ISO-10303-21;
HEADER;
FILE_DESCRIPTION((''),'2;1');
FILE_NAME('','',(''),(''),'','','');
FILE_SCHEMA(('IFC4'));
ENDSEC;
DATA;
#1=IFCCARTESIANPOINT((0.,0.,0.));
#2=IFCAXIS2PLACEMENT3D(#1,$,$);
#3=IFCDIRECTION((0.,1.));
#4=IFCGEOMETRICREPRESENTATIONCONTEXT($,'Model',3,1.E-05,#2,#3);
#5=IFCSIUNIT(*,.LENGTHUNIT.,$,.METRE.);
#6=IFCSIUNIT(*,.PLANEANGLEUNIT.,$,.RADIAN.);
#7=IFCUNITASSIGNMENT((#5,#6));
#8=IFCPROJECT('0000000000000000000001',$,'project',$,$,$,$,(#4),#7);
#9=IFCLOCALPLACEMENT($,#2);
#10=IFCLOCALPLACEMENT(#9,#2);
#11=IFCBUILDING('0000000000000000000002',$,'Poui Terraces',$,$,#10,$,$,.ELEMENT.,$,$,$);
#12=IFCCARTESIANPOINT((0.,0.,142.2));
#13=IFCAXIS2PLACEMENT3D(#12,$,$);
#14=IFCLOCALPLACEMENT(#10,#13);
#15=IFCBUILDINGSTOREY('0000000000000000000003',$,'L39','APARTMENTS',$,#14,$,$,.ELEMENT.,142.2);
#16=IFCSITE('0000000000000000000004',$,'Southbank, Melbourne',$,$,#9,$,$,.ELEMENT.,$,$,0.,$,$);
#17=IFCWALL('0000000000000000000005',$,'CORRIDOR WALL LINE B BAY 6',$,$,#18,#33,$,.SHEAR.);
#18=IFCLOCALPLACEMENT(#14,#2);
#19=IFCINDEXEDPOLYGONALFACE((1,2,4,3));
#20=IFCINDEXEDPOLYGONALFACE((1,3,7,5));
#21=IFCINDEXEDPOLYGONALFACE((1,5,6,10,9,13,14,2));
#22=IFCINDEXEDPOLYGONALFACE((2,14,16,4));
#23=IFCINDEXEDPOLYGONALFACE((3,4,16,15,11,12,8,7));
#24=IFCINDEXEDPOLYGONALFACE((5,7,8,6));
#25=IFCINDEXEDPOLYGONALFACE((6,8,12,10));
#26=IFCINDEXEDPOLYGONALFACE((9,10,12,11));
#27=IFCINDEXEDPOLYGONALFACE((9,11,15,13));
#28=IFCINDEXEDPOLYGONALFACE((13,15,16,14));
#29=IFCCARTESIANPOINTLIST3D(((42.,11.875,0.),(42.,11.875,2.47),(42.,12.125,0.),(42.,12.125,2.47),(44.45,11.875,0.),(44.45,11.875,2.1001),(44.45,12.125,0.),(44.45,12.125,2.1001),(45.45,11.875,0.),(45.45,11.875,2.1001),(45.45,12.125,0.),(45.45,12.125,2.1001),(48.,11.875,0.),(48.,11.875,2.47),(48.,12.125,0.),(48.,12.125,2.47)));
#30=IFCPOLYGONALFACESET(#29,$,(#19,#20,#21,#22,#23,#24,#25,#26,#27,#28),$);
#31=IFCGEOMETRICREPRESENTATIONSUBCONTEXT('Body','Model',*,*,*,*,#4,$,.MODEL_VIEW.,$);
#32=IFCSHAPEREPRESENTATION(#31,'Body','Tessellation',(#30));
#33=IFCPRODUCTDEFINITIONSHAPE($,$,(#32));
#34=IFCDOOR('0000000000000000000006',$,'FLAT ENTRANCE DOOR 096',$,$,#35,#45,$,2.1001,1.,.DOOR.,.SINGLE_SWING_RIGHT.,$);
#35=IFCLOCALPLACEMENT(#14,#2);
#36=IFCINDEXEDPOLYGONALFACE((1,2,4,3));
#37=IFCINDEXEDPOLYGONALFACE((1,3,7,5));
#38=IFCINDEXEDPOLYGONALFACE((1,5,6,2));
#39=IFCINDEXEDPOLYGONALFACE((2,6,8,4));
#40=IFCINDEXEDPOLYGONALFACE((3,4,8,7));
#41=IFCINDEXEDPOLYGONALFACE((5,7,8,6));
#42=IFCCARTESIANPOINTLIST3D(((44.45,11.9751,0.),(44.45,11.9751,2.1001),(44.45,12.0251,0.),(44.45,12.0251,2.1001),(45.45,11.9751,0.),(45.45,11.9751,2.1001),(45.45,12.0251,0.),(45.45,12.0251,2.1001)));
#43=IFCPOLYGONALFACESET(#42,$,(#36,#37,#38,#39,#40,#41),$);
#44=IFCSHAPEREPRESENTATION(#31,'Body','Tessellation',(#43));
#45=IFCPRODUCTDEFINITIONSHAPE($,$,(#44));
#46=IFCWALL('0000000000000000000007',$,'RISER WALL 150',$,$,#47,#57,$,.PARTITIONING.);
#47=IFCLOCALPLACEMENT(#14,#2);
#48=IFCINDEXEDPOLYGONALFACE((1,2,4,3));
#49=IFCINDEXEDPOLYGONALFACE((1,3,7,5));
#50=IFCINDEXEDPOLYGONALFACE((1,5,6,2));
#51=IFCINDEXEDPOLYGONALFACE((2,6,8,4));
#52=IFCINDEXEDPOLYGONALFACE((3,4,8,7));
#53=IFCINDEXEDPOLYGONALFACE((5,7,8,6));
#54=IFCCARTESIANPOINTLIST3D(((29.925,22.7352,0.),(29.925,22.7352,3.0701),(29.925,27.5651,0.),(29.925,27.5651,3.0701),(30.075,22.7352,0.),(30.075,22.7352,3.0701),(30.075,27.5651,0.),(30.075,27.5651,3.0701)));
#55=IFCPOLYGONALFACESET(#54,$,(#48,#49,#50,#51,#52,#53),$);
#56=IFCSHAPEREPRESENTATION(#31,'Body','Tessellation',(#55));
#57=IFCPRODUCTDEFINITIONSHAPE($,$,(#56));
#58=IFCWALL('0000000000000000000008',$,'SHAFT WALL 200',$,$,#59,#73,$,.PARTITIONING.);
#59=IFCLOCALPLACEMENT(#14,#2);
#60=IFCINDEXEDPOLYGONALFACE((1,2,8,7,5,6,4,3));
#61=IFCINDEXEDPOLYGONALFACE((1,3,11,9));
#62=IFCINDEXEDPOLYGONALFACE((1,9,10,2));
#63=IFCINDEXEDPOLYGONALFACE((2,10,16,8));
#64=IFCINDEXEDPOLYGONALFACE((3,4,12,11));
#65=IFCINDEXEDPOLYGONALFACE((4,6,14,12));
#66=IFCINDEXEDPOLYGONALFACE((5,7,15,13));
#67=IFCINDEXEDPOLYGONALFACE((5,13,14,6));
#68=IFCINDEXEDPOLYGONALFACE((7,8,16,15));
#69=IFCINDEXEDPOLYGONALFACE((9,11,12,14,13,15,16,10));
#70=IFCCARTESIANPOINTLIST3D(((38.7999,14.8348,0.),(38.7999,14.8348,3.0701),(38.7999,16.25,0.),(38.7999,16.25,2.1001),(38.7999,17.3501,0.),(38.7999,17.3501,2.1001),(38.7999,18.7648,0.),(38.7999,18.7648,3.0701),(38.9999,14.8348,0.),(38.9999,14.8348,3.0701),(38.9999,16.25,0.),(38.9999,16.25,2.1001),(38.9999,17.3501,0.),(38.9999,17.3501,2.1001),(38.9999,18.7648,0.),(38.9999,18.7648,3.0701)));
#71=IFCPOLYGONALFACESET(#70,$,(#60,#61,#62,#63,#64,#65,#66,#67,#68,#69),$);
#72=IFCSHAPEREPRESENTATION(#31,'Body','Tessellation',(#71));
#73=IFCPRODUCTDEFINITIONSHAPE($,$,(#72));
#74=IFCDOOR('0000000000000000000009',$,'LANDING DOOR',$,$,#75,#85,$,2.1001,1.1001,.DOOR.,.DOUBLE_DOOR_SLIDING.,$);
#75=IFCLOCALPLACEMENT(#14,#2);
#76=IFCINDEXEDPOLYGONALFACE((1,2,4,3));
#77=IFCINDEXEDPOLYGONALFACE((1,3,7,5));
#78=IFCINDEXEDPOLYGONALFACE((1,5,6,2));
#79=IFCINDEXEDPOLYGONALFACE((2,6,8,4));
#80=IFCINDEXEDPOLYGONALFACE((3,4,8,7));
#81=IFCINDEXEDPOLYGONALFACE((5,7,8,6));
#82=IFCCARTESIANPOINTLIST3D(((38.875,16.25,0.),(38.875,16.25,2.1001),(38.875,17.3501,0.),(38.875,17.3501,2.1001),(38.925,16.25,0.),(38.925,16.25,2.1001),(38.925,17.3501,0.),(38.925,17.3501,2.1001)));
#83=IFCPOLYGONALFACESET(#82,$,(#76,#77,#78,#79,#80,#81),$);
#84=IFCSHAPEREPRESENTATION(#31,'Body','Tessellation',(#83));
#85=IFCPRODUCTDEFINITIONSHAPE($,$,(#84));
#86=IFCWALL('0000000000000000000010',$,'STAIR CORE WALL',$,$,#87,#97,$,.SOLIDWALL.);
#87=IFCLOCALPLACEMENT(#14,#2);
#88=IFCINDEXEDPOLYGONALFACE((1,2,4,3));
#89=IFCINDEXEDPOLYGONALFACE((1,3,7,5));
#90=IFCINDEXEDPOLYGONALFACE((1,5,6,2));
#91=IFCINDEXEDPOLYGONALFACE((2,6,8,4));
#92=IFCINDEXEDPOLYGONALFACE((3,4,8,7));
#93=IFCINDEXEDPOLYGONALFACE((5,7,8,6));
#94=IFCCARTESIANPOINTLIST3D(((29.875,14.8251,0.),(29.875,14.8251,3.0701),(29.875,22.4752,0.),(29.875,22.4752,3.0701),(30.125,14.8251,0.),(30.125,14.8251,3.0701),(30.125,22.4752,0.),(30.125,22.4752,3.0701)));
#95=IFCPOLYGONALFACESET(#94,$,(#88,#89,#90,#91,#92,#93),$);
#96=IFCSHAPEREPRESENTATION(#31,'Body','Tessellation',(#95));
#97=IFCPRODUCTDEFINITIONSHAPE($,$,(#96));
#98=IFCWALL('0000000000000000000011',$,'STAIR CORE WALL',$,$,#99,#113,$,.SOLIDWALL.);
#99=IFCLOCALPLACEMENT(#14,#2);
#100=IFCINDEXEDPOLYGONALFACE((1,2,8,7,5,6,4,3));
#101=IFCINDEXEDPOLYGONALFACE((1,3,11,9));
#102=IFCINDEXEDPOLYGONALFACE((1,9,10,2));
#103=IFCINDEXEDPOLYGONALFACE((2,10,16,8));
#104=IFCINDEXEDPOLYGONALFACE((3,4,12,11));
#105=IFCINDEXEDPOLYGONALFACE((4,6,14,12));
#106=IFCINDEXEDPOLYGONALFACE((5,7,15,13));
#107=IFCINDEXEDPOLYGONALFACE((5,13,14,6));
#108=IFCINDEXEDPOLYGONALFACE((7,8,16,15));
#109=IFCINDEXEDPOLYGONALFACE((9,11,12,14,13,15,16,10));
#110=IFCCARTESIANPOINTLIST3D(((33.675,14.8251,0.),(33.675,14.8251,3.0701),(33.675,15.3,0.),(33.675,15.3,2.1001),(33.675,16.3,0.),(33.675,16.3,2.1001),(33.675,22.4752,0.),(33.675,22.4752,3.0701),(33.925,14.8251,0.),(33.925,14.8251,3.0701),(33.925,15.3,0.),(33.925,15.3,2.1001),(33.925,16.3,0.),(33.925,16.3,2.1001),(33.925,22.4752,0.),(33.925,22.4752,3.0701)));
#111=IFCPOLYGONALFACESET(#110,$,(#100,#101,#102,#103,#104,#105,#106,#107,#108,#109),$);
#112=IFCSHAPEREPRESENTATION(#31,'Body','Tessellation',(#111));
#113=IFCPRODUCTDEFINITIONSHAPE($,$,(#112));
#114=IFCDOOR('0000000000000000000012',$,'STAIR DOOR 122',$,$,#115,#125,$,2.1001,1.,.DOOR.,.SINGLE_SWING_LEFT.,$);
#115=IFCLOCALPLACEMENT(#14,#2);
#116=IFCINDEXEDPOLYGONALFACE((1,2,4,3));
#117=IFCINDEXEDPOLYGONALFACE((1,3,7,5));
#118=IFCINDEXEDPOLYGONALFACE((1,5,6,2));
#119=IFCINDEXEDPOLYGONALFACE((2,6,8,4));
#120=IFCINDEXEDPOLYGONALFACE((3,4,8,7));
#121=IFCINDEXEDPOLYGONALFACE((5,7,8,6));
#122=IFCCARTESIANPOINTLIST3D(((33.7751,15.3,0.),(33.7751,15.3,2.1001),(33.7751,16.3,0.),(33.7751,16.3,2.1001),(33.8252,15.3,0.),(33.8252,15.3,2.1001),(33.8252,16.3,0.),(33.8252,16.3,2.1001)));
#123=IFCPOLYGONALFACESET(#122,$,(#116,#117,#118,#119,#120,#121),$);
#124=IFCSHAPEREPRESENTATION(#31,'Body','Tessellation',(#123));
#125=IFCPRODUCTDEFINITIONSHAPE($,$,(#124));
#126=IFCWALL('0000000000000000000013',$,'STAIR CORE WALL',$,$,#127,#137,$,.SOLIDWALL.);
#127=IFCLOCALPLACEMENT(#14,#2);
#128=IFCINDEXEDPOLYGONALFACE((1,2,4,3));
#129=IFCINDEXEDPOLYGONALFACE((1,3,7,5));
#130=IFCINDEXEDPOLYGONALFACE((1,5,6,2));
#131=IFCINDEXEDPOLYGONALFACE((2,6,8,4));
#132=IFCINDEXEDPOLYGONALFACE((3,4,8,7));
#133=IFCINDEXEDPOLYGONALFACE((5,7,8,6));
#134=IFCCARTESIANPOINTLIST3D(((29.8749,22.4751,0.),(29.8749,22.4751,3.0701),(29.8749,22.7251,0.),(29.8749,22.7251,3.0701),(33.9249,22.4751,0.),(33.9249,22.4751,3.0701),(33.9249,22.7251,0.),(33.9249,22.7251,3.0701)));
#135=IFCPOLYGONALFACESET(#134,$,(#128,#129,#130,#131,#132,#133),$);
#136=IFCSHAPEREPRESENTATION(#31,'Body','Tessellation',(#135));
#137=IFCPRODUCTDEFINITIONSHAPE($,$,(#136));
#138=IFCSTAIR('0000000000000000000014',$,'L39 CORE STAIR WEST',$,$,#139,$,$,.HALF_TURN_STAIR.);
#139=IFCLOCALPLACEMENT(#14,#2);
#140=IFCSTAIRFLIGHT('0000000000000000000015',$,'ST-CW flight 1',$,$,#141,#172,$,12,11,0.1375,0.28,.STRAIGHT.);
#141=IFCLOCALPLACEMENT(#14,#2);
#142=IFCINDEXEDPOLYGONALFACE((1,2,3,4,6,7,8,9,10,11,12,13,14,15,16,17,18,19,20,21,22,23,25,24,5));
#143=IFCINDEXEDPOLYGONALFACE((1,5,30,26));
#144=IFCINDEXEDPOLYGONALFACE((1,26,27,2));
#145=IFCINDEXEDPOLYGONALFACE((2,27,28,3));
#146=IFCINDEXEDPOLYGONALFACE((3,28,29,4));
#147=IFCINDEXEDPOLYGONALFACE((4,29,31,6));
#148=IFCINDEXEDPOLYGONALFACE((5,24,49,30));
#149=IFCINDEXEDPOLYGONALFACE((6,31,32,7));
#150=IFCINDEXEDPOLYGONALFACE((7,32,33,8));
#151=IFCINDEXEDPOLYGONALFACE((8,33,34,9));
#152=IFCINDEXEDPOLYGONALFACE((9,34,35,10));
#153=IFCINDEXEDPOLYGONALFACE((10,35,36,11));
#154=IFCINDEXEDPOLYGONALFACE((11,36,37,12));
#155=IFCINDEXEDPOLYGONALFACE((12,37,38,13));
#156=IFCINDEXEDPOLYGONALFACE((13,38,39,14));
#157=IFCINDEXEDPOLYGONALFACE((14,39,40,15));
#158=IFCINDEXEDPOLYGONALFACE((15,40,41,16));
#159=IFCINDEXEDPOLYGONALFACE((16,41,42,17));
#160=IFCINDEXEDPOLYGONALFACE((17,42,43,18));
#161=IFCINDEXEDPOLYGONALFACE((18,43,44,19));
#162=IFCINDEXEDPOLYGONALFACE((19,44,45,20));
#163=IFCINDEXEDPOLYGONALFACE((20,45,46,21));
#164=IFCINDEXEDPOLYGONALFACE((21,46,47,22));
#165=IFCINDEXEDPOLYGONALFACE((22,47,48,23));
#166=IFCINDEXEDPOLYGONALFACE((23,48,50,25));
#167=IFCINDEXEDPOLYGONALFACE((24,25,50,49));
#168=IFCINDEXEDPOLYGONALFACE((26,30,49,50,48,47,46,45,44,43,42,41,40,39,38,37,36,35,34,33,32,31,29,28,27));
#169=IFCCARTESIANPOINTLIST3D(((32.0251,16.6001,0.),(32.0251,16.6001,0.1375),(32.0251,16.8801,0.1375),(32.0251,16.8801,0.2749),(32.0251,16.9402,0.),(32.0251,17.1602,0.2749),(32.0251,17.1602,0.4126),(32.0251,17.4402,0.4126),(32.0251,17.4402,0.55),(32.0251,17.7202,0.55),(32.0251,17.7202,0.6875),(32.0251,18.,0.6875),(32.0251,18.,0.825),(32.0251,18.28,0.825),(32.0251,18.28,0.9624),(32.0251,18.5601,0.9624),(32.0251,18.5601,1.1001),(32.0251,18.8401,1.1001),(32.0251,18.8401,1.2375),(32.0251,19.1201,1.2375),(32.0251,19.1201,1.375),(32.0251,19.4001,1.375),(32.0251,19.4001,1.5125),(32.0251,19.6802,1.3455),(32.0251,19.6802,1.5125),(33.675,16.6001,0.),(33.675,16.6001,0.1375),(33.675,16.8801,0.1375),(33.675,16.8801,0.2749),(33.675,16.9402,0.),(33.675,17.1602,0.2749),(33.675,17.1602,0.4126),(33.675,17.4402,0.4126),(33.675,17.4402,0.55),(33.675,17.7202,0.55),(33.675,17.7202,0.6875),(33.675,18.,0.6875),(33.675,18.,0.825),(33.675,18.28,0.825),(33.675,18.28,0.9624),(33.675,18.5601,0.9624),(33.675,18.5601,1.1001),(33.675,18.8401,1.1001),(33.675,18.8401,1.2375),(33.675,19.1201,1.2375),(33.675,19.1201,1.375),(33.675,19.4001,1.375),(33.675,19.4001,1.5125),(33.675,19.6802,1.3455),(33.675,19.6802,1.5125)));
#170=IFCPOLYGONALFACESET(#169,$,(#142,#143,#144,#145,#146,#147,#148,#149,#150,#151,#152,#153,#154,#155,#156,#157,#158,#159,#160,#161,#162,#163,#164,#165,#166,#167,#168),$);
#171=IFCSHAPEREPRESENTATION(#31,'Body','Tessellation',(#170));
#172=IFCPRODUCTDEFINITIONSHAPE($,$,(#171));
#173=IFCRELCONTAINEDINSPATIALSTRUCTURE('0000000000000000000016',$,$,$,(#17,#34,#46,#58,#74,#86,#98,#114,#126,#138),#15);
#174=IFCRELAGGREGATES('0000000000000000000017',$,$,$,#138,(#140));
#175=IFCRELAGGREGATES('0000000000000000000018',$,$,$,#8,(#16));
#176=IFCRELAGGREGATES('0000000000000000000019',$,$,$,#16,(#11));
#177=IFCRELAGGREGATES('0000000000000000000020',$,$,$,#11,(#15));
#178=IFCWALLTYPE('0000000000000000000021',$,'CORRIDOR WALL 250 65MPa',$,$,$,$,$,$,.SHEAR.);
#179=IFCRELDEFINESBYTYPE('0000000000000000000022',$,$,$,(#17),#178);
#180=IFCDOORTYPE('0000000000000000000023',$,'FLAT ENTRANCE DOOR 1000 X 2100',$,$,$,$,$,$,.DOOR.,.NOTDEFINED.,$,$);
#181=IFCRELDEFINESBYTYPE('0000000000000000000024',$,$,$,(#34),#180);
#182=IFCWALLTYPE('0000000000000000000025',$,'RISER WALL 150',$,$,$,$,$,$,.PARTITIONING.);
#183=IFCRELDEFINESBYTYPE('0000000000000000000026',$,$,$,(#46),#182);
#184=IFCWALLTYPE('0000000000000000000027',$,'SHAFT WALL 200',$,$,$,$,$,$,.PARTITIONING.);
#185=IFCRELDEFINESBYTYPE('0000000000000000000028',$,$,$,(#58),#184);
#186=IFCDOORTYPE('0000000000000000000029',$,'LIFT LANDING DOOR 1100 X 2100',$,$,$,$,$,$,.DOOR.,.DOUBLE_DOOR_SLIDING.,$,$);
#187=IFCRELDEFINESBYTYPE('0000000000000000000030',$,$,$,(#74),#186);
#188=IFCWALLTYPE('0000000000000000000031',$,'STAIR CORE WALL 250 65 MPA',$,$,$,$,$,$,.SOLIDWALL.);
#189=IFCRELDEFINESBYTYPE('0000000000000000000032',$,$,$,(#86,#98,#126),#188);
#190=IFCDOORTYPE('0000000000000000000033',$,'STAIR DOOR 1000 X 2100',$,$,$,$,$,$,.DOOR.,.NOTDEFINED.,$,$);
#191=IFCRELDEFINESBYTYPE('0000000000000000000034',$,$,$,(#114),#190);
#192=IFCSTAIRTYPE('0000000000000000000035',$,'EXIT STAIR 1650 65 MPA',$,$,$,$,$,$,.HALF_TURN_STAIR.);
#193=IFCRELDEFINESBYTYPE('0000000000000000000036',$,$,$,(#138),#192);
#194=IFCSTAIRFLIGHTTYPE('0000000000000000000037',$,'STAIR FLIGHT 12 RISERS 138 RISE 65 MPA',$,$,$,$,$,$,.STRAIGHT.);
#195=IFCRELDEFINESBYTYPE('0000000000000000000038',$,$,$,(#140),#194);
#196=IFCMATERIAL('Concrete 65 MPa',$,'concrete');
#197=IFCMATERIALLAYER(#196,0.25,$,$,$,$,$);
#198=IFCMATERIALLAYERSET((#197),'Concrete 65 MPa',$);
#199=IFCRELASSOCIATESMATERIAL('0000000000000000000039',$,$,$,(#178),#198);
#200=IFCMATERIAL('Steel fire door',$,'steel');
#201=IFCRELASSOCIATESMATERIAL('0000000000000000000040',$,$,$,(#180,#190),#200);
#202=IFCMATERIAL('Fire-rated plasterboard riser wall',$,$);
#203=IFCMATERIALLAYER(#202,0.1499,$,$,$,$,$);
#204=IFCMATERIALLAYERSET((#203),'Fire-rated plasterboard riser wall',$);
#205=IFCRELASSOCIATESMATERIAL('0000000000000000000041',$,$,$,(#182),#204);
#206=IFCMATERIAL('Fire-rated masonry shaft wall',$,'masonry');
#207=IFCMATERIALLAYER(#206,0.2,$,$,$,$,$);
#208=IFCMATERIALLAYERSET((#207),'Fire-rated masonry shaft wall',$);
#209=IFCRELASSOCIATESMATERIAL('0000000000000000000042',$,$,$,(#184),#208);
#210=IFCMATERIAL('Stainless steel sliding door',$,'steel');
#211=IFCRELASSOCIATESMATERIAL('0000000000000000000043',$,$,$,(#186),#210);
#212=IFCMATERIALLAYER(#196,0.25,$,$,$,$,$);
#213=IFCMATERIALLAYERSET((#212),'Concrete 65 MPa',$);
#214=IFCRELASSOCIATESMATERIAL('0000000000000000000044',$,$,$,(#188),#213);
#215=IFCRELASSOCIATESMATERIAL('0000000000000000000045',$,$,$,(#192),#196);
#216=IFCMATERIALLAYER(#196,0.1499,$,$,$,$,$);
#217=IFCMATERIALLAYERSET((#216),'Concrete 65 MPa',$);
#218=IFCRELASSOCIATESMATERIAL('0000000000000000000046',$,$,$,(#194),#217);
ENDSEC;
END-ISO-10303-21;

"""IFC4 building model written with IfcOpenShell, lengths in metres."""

from ifc_helpers import new_model, si_unit, direction, frame, frame_2d, origin, place, context, subcontext, project, spatial, polyline, rectangle, outline, extrude, material, layer, layer_set, type_object, element, fill, aggregate, save


model = new_model("IFC4")

# Units and contexts
model_context = context("Model", 3, precision=1e-05, world=origin(), true_north=direction((0.0, 1.0)))
body_context = subcontext(model_context, "Body", "Model", "MODEL_VIEW")
ifc_project = project(units=[si_unit("LENGTHUNIT", "METRE"), si_unit("PLANEANGLEUNIT", "RADIAN")], contexts=[model_context])

# Site, building, storey
site_placement = place(None, origin())
site = spatial("IfcSite", under=ifc_project, at=site_placement, Name="Southbank, Melbourne", CompositionType="ELEMENT", RefElevation=0.0)
building_placement = place(site_placement, origin())
building = spatial("IfcBuilding", under=site, at=building_placement, Name="Poui Terraces", CompositionType="ELEMENT")
storey_placement = place(building_placement, frame((0.0, 0.0, 142.2)))
storey = spatial("IfcBuildingStorey", under=building, at=storey_placement, Name="L39", Description="APARTMENTS", CompositionType="ELEMENT", Elevation=142.2)

# Shared definitions
ifc_material_1 = material(Name="Concrete 65 MPa", Category="concrete")

# Shared definitions
ifc_material_2 = material(Name="Steel fire door", Category="steel")

# Shared definitions
ifc_layer_1 = layer(ifc_material_1, 0.25)
ifc_layer_set_1 = layer_set([ifc_layer_1], Name="Concrete 65 MPa")
wall_type_1 = type_object("IfcWallType", Name="CORRIDOR WALL 250 65MPa", PredefinedType="SHEAR", material=ifc_layer_set_1)
door_type_1 = type_object("IfcDoorType", Name="FLAT ENTRANCE DOOR 1000 X 2100", OperationType="NOTDEFINED", PredefinedType="DOOR", material=ifc_material_2)

# Wall, opening, door
wall_1_placement = place(storey_placement, frame((42.0, 12.0, 0.0), z_axis=(0.0, 0.0, 1.0), x_axis=(1.0, 0.0, 0.0)))
wall_1 = element("IfcWall", 1, at=wall_1_placement, inside=storey, type_object=wall_type_1, Name="CORRIDOR WALL LINE B BAY 6", PredefinedType="SHEAR", context=body_context, shape_type="SweptSolid", body=[
    extrude(rectangle(XDim=6.0, YDim=0.25, at=frame_2d((3.0, 0.0))), origin(), (0.0, 0.0, 1.0), 2.47),
])
opening_1_placement = place(wall_1_placement, frame((2.45, 0.0, 0.0)))
opening_1 = element("IfcOpeningElement", 2, at=opening_1_placement, cuts=wall_1, PredefinedType="OPENING", context=body_context, shape_type="SweptSolid", body=[
    extrude(rectangle(XDim=1.0, YDim=2.1001, at=frame_2d((0.5, 1.05))), frame((0.0, 0.135, 0.0), z_axis=(0.0, -1.0, 0.0), x_axis=(1.0, 0.0, 0.0)), (0.0, 0.0, 1.0), 0.27),
])
door_1_placement = place(opening_1_placement, frame((1.0, 0.0, 0.0), z_axis=(0.0, 0.0, 1.0), x_axis=(-1.0, 0.0, 0.0)))
door_1 = element("IfcDoor", 3, at=door_1_placement, inside=storey, type_object=door_type_1, Name="FLAT ENTRANCE DOOR 096", OperationType="SINGLE_SWING_RIGHT", OverallHeight=2.1001, OverallWidth=1.0, PredefinedType="DOOR", context=body_context, shape_type="SweptSolid", body=[
    extrude(rectangle(XDim=1.0, YDim=2.1001, at=frame_2d((0.5, 1.05))), frame((0.0, 0.0249, 0.0), z_axis=(0.0, -1.0, 0.0), x_axis=(1.0, 0.0, 0.0)), (0.0, 0.0, 1.0), 0.05),
])
fill(opening_1, door_1)

# Wall
ifc_material_3 = material(Name="Fire-rated plasterboard riser wall")
ifc_layer_2 = layer(ifc_material_3, 0.1499)
ifc_layer_set_2 = layer_set([ifc_layer_2], Name="Fire-rated plasterboard riser wall")
wall_type_2 = type_object("IfcWallType", Name="RISER WALL 150", PredefinedType="PARTITIONING", material=ifc_layer_set_2)
wall_2_placement = place(storey_placement, frame((30.0, 22.7351, 0.0), z_axis=(0.0, 0.0, 1.0), x_axis=(0.0, 1.0, 0.0)))
element("IfcWall", 4, at=wall_2_placement, inside=storey, type_object=wall_type_2, Name="RISER WALL 150", PredefinedType="PARTITIONING", context=body_context, shape_type="SweptSolid", body=[
    extrude(rectangle(XDim=4.8298, YDim=0.1499, at=frame_2d((2.415, 0.0))), origin(), (0.0, 0.0, 1.0), 3.0701),
])

# Wall, opening, door
ifc_material_4 = material(Name="Fire-rated masonry shaft wall", Category="masonry")
ifc_layer_3 = layer(ifc_material_4, 0.2)
ifc_layer_set_3 = layer_set([ifc_layer_3], Name="Fire-rated masonry shaft wall")
wall_type_3 = type_object("IfcWallType", Name="SHAFT WALL 200", PredefinedType="PARTITIONING", material=ifc_layer_set_3)
wall_3_placement = place(storey_placement, frame((38.8999, 14.835, 0.0), z_axis=(0.0, 0.0, 1.0), x_axis=(0.0, 1.0, 0.0)))
wall_3 = element("IfcWall", 5, at=wall_3_placement, inside=storey, type_object=wall_type_3, Name="SHAFT WALL 200", PredefinedType="PARTITIONING", context=body_context, shape_type="SweptSolid", body=[
    extrude(rectangle(XDim=3.9299, YDim=0.2, at=frame_2d((1.9648, 0.0))), origin(), (0.0, 0.0, 1.0), 3.0701),
])
opening_2_placement = place(wall_3_placement, frame((1.415, 0.0, 0.0)))
opening_2 = element("IfcOpeningElement", 6, at=opening_2_placement, cuts=wall_3, PredefinedType="OPENING", context=body_context, shape_type="SweptSolid", body=[
    extrude(rectangle(XDim=1.1001, YDim=2.1001, at=frame_2d((0.55, 1.05))), frame((0.0, 0.1099, 0.0), z_axis=(0.0, -1.0, 0.0), x_axis=(1.0, 0.0, 0.0)), (0.0, 0.0, 1.0), 0.22),
])
ifc_material_5 = material(Name="Stainless steel sliding door", Category="steel")
door_type_2 = type_object("IfcDoorType", Name="LIFT LANDING DOOR 1100 X 2100", OperationType="DOUBLE_DOOR_SLIDING", PredefinedType="DOOR", material=ifc_material_5)
door_2_placement = place(opening_2_placement, origin())
door_2 = element("IfcDoor", 7, at=door_2_placement, inside=storey, type_object=door_type_2, Name="LANDING DOOR", OperationType="DOUBLE_DOOR_SLIDING", OverallHeight=2.1001, OverallWidth=1.1001, PredefinedType="DOOR", context=body_context, shape_type="SweptSolid", body=[
    extrude(rectangle(XDim=1.1001, YDim=2.1001, at=frame_2d((0.55, 1.05))), frame((0.0, 0.0249, 0.0), z_axis=(0.0, -1.0, 0.0), x_axis=(1.0, 0.0, 0.0)), (0.0, 0.0, 1.0), 0.05),
])
fill(opening_2, door_2)

# Wall
ifc_layer_4 = layer(ifc_material_1, 0.25)
ifc_layer_set_4 = layer_set([ifc_layer_4], Name="Concrete 65 MPa")
wall_type_4 = type_object("IfcWallType", Name="STAIR CORE WALL 250 65 MPA", PredefinedType="SOLIDWALL", material=ifc_layer_set_4)
wall_4_placement = place(storey_placement, frame((30.0, 14.825, 0.0), z_axis=(0.0, 0.0, 1.0), x_axis=(0.0, 1.0, 0.0)))
element("IfcWall", 8, at=wall_4_placement, inside=storey, type_object=wall_type_4, Name="STAIR CORE WALL", PredefinedType="SOLIDWALL", context=body_context, shape_type="SweptSolid", body=[
    extrude(rectangle(XDim=7.6501, YDim=0.25, at=frame_2d((3.8252, 0.0))), origin(), (0.0, 0.0, 1.0), 3.0701),
])

# Wall, opening, door
wall_5_placement = place(storey_placement, frame((33.8, 14.825, 0.0), z_axis=(0.0, 0.0, 1.0), x_axis=(0.0, 1.0, 0.0)))
wall_5 = element("IfcWall", 9, at=wall_5_placement, inside=storey, type_object=wall_type_4, Name="STAIR CORE WALL", PredefinedType="SOLIDWALL", context=body_context, shape_type="SweptSolid", body=[
    extrude(rectangle(XDim=7.6501, YDim=0.25, at=frame_2d((3.8252, 0.0))), origin(), (0.0, 0.0, 1.0), 3.0701),
])
opening_3_placement = place(wall_5_placement, frame((0.4751, 0.0, 0.0)))
opening_3 = element("IfcOpeningElement", 10, at=opening_3_placement, cuts=wall_5, PredefinedType="OPENING", context=body_context, shape_type="SweptSolid", body=[
    extrude(rectangle(XDim=1.0, YDim=2.1001, at=frame_2d((0.5, 1.05))), frame((0.0, 0.135, 0.0), z_axis=(0.0, -1.0, 0.0), x_axis=(1.0, 0.0, 0.0)), (0.0, 0.0, 1.0), 0.27),
])
door_type_3 = type_object("IfcDoorType", Name="STAIR DOOR 1000 X 2100", OperationType="NOTDEFINED", PredefinedType="DOOR", material=ifc_material_2)
door_3_placement = place(opening_3_placement, origin())
door_3 = element("IfcDoor", 11, at=door_3_placement, inside=storey, type_object=door_type_3, Name="STAIR DOOR 122", OperationType="SINGLE_SWING_LEFT", OverallHeight=2.1001, OverallWidth=1.0, PredefinedType="DOOR", context=body_context, shape_type="SweptSolid", body=[
    extrude(rectangle(XDim=1.0, YDim=2.1001, at=frame_2d((0.5, 1.05))), frame((0.0, 0.0249, 0.0), z_axis=(0.0, -1.0, 0.0), x_axis=(1.0, 0.0, 0.0)), (0.0, 0.0, 1.0), 0.05),
])
fill(opening_3, door_3)

# Wall
wall_6_placement = place(storey_placement, frame((29.875, 22.6001, 0.0), z_axis=(0.0, 0.0, 1.0), x_axis=(1.0, 0.0, 0.0)))
element("IfcWall", 12, at=wall_6_placement, inside=storey, type_object=wall_type_4, Name="STAIR CORE WALL", PredefinedType="SOLIDWALL", context=body_context, shape_type="SweptSolid", body=[
    extrude(rectangle(XDim=4.05, YDim=0.25, at=frame_2d((2.0249, 0.0))), origin(), (0.0, 0.0, 1.0), 3.0701),
])

# Stair, stair flight
stair_type = type_object("IfcStairType", Name="EXIT STAIR 1650 65 MPA", PredefinedType="HALF_TURN_STAIR", material=ifc_material_1)
stair_placement = place(storey_placement, origin())
stair = element("IfcStair", 13, at=stair_placement, inside=storey, type_object=stair_type, Name="L39 CORE STAIR WEST", PredefinedType="HALF_TURN_STAIR")
ifc_layer_5 = layer(ifc_material_1, 0.1499)
ifc_layer_set_5 = layer_set([ifc_layer_5], Name="Concrete 65 MPa")
stair_flight_type = type_object("IfcStairFlightType", Name="STAIR FLIGHT 12 RISERS 138 RISE 65 MPA", PredefinedType="STRAIGHT", material=ifc_layer_set_5)
stair_flight_1_placement = place(storey_placement, frame((32.8501, 16.6001, 0.0), z_axis=(0.0, 0.0, 1.0), x_axis=(0.0, 1.0, 0.0)))
stair_flight_1 = element("IfcStairFlight", 14, at=stair_flight_1_placement, type_object=stair_flight_type, Name="ST-CW flight 1", NumberOfRisers=12, NumberOfTreads=11, PredefinedType="STRAIGHT", RiserHeight=0.1375, TreadLength=0.28, context=body_context, shape_type="SweptSolid", body=[
    extrude(outline(polyline([(0.0, 0.0), (0.0, 0.1375), (0.28, 0.1375), (0.28, 0.2749), (0.5601, 0.2749), (0.5601, 0.4126), (0.8401, 0.4126), (0.8401, 0.55), (1.1201, 0.55), (1.1201, 0.6875), (1.3999, 0.6875), (1.3999, 0.825), (1.6799, 0.825), (1.6799, 0.9624), (1.96, 0.9624), (1.96, 1.1001), (2.24, 1.1001), (2.24, 1.2375), (2.52, 1.2375), (2.52, 1.375), (2.8, 1.375), (2.8, 1.5125), (3.0801, 1.5125), (3.0801, 1.6499), (3.0801, 1.3455), (0.3401, 0.0), (0.0, 0.0)])), frame((0.0, 0.825, 0.0), z_axis=(0.0, -1.0, 0.0), x_axis=(1.0, 0.0, 0.0)), (0.0, 0.0, 1.0), 1.6499),
])
aggregate(stair, [stair_flight_1])

save(model, "model.ifc")
